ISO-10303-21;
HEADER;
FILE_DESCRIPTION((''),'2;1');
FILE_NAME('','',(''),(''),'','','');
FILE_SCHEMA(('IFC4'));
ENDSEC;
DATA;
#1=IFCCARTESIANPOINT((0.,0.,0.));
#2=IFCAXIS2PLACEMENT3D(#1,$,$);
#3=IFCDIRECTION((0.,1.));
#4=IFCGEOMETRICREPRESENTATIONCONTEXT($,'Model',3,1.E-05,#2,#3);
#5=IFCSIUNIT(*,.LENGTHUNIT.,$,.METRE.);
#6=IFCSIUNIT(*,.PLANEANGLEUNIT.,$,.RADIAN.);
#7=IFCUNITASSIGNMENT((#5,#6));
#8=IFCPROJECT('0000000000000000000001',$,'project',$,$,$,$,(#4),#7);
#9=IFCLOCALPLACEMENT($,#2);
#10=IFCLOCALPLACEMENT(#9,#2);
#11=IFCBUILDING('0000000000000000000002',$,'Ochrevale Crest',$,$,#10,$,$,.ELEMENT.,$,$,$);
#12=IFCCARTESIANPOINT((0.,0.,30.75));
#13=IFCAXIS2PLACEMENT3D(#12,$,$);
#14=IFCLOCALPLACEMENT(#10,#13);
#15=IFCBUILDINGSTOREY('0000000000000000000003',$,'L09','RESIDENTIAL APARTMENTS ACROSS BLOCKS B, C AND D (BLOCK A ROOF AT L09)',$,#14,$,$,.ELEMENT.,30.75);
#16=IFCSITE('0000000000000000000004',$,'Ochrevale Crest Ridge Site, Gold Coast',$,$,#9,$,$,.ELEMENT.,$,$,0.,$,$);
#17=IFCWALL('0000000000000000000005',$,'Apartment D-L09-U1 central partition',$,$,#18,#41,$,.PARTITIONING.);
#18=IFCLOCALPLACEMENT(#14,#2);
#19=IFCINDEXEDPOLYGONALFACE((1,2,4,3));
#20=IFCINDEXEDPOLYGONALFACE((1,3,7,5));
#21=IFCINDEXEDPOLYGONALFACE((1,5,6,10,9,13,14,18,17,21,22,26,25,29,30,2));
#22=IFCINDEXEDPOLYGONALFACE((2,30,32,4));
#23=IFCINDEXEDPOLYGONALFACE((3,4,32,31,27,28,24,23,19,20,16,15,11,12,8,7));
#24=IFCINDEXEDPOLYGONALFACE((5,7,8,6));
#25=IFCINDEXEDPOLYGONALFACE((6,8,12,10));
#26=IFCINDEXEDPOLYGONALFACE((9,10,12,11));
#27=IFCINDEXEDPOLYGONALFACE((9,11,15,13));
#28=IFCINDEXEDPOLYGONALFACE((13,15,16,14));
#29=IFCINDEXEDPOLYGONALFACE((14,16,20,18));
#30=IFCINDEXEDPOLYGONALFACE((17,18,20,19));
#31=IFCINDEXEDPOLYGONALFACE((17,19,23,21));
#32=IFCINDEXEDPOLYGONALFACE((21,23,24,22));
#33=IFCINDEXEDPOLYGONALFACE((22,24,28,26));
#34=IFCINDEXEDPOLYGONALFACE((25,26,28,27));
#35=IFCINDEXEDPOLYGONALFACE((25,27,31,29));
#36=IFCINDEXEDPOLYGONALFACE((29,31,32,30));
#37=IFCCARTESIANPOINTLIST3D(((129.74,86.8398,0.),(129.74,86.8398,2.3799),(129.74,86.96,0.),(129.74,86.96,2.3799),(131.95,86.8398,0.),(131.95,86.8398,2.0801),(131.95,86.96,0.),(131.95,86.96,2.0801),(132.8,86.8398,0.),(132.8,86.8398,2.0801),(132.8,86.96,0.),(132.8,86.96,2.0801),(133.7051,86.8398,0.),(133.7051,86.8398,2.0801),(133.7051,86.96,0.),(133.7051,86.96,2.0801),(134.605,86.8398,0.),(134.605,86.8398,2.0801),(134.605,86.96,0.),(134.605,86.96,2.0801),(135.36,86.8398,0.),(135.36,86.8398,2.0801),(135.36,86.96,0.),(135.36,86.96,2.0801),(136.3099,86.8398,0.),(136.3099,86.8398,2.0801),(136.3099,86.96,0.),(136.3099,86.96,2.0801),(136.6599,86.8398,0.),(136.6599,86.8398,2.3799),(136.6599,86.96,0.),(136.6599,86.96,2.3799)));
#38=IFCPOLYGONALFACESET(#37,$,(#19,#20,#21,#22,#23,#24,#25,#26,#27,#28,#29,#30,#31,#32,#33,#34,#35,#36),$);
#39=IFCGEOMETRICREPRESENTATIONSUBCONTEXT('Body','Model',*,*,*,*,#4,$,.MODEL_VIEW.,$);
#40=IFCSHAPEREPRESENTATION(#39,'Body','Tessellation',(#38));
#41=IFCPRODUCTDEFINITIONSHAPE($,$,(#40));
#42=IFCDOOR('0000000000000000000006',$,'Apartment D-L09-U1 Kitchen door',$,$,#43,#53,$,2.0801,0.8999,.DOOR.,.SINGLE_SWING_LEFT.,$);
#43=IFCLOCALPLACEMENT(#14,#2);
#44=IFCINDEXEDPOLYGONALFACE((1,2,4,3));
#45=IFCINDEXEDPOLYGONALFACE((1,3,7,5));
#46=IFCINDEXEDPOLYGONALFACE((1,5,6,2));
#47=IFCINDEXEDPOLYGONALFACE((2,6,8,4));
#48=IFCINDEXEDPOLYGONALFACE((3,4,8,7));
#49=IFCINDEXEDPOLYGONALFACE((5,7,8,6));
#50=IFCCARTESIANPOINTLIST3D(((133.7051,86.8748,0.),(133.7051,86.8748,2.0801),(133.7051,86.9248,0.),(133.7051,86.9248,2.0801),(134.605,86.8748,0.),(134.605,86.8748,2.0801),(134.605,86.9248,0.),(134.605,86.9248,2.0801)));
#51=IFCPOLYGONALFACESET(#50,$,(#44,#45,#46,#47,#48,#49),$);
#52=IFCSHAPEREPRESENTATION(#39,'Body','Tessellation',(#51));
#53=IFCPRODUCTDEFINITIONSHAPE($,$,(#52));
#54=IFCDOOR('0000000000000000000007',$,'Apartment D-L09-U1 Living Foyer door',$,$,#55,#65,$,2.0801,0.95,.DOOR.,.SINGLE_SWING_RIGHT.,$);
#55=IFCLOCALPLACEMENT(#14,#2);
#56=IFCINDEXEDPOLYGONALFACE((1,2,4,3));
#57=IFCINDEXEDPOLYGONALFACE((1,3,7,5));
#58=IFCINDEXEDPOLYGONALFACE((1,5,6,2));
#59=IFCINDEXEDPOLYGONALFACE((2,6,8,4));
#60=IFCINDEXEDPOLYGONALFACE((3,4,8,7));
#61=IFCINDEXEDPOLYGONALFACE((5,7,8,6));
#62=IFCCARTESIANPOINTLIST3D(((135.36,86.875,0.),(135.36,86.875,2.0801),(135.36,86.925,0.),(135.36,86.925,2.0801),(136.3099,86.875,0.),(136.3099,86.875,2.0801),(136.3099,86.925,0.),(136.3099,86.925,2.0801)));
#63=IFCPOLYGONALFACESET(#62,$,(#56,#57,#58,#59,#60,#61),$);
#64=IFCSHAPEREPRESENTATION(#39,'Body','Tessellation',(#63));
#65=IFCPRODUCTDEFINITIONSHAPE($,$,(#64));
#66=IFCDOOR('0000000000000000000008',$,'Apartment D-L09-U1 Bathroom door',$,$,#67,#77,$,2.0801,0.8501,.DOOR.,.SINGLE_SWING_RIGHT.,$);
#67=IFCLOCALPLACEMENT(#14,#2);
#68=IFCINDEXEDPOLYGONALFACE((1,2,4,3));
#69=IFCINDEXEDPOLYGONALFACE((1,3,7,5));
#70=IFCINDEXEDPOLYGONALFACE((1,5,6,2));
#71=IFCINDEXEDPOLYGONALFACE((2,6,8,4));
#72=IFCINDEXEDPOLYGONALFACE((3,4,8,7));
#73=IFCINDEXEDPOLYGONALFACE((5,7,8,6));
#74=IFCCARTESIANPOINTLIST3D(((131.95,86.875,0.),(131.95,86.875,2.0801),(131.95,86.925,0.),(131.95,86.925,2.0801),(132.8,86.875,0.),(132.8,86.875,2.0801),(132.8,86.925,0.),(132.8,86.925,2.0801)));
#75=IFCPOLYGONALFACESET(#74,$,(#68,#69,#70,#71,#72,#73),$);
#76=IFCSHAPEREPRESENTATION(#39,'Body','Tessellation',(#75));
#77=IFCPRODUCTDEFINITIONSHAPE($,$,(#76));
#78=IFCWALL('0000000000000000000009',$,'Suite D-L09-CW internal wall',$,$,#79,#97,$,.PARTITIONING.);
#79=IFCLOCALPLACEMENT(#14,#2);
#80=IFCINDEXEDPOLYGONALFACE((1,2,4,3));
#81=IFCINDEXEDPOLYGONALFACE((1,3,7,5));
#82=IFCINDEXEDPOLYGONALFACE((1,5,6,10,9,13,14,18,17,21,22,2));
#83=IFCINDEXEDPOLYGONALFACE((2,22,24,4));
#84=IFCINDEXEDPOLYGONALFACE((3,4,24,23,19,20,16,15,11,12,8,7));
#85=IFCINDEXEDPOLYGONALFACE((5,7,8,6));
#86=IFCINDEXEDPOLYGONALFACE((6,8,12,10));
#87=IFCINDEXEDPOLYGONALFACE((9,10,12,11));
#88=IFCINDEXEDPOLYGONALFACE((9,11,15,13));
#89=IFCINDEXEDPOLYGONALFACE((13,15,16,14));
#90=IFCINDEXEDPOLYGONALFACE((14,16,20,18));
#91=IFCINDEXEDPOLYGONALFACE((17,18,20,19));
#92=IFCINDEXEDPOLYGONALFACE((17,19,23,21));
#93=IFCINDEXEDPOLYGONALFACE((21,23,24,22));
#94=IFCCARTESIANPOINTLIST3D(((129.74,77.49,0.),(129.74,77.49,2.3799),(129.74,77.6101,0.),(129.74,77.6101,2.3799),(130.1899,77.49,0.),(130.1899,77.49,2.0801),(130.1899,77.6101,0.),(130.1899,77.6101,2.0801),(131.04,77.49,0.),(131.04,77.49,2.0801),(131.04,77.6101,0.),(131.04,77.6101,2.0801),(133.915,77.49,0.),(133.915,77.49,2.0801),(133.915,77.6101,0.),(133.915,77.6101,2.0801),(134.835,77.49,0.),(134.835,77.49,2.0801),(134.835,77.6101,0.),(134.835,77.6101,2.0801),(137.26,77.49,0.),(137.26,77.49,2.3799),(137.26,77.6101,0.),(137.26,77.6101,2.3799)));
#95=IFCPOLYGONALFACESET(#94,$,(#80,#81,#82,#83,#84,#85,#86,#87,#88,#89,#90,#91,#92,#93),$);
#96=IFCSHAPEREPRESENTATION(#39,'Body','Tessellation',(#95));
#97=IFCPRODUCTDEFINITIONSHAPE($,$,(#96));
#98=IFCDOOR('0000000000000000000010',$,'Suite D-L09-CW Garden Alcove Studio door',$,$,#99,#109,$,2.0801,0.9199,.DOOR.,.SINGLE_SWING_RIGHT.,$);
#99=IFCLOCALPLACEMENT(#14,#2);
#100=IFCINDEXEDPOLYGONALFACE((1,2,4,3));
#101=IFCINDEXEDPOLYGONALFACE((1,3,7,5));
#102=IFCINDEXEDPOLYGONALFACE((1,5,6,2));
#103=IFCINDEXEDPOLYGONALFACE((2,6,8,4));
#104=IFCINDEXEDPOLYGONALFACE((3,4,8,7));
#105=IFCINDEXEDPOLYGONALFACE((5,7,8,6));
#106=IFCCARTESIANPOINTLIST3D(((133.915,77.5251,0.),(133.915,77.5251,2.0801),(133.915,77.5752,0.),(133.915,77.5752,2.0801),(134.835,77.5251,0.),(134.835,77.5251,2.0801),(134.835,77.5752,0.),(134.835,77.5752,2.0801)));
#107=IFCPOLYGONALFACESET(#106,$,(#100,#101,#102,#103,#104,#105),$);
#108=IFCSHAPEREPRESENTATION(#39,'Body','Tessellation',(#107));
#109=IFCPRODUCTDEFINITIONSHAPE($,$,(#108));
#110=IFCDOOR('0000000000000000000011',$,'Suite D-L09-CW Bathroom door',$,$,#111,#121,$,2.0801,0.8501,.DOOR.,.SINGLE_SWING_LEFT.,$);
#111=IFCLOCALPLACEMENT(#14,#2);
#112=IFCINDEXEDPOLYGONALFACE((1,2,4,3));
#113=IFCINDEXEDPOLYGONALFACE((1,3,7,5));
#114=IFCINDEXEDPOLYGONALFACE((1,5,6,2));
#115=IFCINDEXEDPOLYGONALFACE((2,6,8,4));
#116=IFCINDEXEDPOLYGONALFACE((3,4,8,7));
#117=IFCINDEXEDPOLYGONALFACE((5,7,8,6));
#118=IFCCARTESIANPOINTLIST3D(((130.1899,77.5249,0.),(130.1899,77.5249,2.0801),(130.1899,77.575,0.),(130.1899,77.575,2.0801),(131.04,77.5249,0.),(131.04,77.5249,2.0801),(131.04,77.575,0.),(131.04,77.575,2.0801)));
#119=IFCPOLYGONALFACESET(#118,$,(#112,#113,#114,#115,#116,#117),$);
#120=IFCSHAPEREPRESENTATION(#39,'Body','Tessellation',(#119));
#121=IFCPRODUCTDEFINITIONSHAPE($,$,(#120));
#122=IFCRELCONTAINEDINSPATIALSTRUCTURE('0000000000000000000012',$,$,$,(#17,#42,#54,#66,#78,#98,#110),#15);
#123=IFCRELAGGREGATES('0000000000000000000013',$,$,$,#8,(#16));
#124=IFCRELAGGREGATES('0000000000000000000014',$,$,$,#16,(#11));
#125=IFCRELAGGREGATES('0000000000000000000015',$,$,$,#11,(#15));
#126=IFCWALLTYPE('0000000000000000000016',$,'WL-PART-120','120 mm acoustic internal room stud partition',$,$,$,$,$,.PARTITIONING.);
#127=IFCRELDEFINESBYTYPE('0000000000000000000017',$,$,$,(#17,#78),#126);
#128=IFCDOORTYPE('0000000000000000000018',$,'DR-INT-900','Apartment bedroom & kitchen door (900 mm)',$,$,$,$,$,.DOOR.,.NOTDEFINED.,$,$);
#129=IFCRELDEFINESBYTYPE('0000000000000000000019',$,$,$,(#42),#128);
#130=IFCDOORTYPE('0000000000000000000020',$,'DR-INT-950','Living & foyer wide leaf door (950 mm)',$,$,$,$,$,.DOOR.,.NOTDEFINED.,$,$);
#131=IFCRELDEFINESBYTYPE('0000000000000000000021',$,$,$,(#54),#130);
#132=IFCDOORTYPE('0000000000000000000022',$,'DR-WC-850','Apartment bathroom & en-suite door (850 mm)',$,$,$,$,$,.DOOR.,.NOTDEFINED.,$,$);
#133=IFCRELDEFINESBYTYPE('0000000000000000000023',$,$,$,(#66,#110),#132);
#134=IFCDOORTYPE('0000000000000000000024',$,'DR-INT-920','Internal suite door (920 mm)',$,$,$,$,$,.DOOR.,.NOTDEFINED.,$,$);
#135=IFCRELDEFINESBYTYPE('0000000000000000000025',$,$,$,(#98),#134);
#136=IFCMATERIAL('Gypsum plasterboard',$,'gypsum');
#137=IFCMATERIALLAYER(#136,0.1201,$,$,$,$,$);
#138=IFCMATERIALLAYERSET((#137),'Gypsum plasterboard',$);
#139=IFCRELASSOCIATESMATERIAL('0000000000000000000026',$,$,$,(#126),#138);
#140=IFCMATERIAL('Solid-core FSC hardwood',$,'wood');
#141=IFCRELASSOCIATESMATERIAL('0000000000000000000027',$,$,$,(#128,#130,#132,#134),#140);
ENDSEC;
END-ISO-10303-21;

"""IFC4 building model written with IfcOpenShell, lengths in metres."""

from ifc_helpers import new_model, si_unit, direction, frame, frame_2d, origin, place, context, subcontext, project, spatial, rectangle, extrude, material, layer, layer_set, type_object, element, fill, save


model = new_model("IFC4")

# Units and contexts
model_context = context("Model", 3, precision=1e-05, world=origin(), true_north=direction((0.0, 1.0)))
body_context = subcontext(model_context, "Body", "Model", "MODEL_VIEW")
ifc_project = project(units=[si_unit("LENGTHUNIT", "METRE"), si_unit("PLANEANGLEUNIT", "RADIAN")], contexts=[model_context])

# Site, building, storey
site_placement = place(None, origin())
site = spatial("IfcSite", under=ifc_project, at=site_placement, Name="Ochrevale Crest Ridge Site, Gold Coast", CompositionType="ELEMENT", RefElevation=0.0)
building_placement = place(site_placement, origin())
building = spatial("IfcBuilding", under=site, at=building_placement, Name="Ochrevale Crest", CompositionType="ELEMENT")
storey_placement = place(building_placement, frame((0.0, 0.0, 30.75)))
storey = spatial("IfcBuildingStorey", under=building, at=storey_placement, Name="L09", Description="RESIDENTIAL APARTMENTS ACROSS BLOCKS B, C AND D (BLOCK A ROOF AT L09)", CompositionType="ELEMENT", Elevation=30.75)

# Shared definitions
ifc_material_1 = material(Name="Gypsum plasterboard", Category="gypsum")
ifc_material_2 = material(Name="Solid-core FSC hardwood", Category="wood")

# Walls, openings, doors
ifc_layer_1 = layer(ifc_material_1, 0.1201)
ifc_layer_set_1 = layer_set([ifc_layer_1], Name="Gypsum plasterboard")
wall_type_1 = type_object("IfcWallType", Name="WL-PART-120", Description="120 mm acoustic internal room stud partition", PredefinedType="PARTITIONING", material=ifc_layer_set_1)
wall_1_placement = place(storey_placement, frame((129.74, 86.8999, 0.0), z_axis=(0.0, 0.0, 1.0), x_axis=(1.0, 0.0, 0.0)))
wall_1 = element("IfcWall", 1, at=wall_1_placement, inside=storey, type_object=wall_type_1, Name="Apartment D-L09-U1 central partition", PredefinedType="PARTITIONING", context=body_context, shape_type="SweptSolid", body=[
    extrude(rectangle(XDim=6.9199, YDim=0.1201, at=frame_2d((3.46, 0.0))), origin(), (0.0, 0.0, 1.0), 2.3799),
])
opening_1_placement = place(wall_1_placement, frame((3.0601, 0.0, 0.0), z_axis=(0.0, 0.0, 1.0), x_axis=(-1.0, 0.0, 0.0)))
opening_1 = element("IfcOpeningElement", 2, at=opening_1_placement, cuts=wall_1, PredefinedType="OPENING", context=body_context, shape_type="SweptSolid", body=[
    extrude(rectangle(XDim=0.8501, YDim=2.0801, at=frame_2d((0.425, 1.04))), frame((0.0, 0.0701, 0.0), z_axis=(0.0, -1.0, 0.0), x_axis=(1.0, 0.0, 0.0)), (0.0, 0.0, 1.0), 0.1401),
])
opening_2_placement = place(wall_1_placement, frame((3.9651, 0.0, 0.0)))
opening_2 = element("IfcOpeningElement", 3, at=opening_2_placement, cuts=wall_1, PredefinedType="OPENING", context=body_context, shape_type="SweptSolid", body=[
    extrude(rectangle(XDim=0.8999, YDim=2.0801, at=frame_2d((0.45, 1.04))), frame((0.0, 0.0701, 0.0), z_axis=(0.0, -1.0, 0.0), x_axis=(1.0, 0.0, 0.0)), (0.0, 0.0, 1.0), 0.1401),
])
opening_3_placement = place(wall_1_placement, frame((6.5701, 0.0, 0.0), z_axis=(0.0, 0.0, 1.0), x_axis=(-1.0, 0.0, 0.0)))
opening_3 = element("IfcOpeningElement", 4, at=opening_3_placement, cuts=wall_1, PredefinedType="OPENING", context=body_context, shape_type="SweptSolid", body=[
    extrude(rectangle(XDim=0.95, YDim=2.0801, at=frame_2d((0.4751, 1.04))), frame((0.0, 0.0701, 0.0), z_axis=(0.0, -1.0, 0.0), x_axis=(1.0, 0.0, 0.0)), (0.0, 0.0, 1.0), 0.1401),
])
door_type_1 = type_object("IfcDoorType", Name="DR-INT-900", Description="Apartment bedroom & kitchen door (900 mm)", OperationType="NOTDEFINED", PredefinedType="DOOR", material=ifc_material_2)
door_1_placement = place(opening_2_placement, origin())
door_1 = element("IfcDoor", 5, at=door_1_placement, inside=storey, type_object=door_type_1, Name="Apartment D-L09-U1 Kitchen door", OperationType="SINGLE_SWING_LEFT", OverallHeight=2.0801, OverallWidth=0.8999, PredefinedType="DOOR", context=body_context, shape_type="SweptSolid", body=[
    extrude(rectangle(XDim=0.8999, YDim=2.0801, at=frame_2d((0.45, 1.04))), frame((0.0, 0.0249, 0.0), z_axis=(0.0, -1.0, 0.0), x_axis=(1.0, 0.0, 0.0)), (0.0, 0.0, 1.0), 0.05),
])
fill(opening_2, door_1)
door_type_2 = type_object("IfcDoorType", Name="DR-INT-950", Description="Living & foyer wide leaf door (950 mm)", OperationType="NOTDEFINED", PredefinedType="DOOR", material=ifc_material_2)
door_2_placement = place(opening_3_placement, origin())
door_2 = element("IfcDoor", 6, at=door_2_placement, inside=storey, type_object=door_type_2, Name="Apartment D-L09-U1 Living Foyer door", OperationType="SINGLE_SWING_RIGHT", OverallHeight=2.0801, OverallWidth=0.95, PredefinedType="DOOR", context=body_context, shape_type="SweptSolid", body=[
    extrude(rectangle(XDim=0.95, YDim=2.0801, at=frame_2d((0.4751, 1.04))), frame((0.0, 0.0249, 0.0), z_axis=(0.0, -1.0, 0.0), x_axis=(1.0, 0.0, 0.0)), (0.0, 0.0, 1.0), 0.05),
])
fill(opening_3, door_2)
door_type_3 = type_object("IfcDoorType", Name="DR-WC-850", Description="Apartment bathroom & en-suite door (850 mm)", OperationType="NOTDEFINED", PredefinedType="DOOR", material=ifc_material_2)
door_3_placement = place(opening_1_placement, origin())
door_3 = element("IfcDoor", 7, at=door_3_placement, inside=storey, type_object=door_type_3, Name="Apartment D-L09-U1 Bathroom door", OperationType="SINGLE_SWING_RIGHT", OverallHeight=2.0801, OverallWidth=0.8501, PredefinedType="DOOR", context=body_context, shape_type="SweptSolid", body=[
    extrude(rectangle(XDim=0.8501, YDim=2.0801, at=frame_2d((0.425, 1.04))), frame((0.0, 0.0249, 0.0), z_axis=(0.0, -1.0, 0.0), x_axis=(1.0, 0.0, 0.0)), (0.0, 0.0, 1.0), 0.05),
])
fill(opening_1, door_3)
wall_2_placement = place(storey_placement, frame((129.74, 77.55, 0.0), z_axis=(0.0, 0.0, 1.0), x_axis=(1.0, 0.0, 0.0)))
wall_2 = element("IfcWall", 8, at=wall_2_placement, inside=storey, type_object=wall_type_1, Name="Suite D-L09-CW internal wall", PredefinedType="PARTITIONING", context=body_context, shape_type="SweptSolid", body=[
    extrude(rectangle(XDim=7.52, YDim=0.1201, at=frame_2d((3.76, 0.0))), origin(), (0.0, 0.0, 1.0), 2.3799),
])
opening_4_placement = place(wall_2_placement, frame((0.45, 0.0, 0.0)))
opening_4 = element("IfcOpeningElement", 9, at=opening_4_placement, cuts=wall_2, PredefinedType="OPENING", context=body_context, shape_type="SweptSolid", body=[
    extrude(rectangle(XDim=0.8501, YDim=2.0801, at=frame_2d((0.425, 1.04))), frame((0.0, 0.0701, 0.0), z_axis=(0.0, -1.0, 0.0), x_axis=(1.0, 0.0, 0.0)), (0.0, 0.0, 1.0), 0.1401),
])
opening_5_placement = place(wall_2_placement, frame((5.095, 0.0, 0.0), z_axis=(0.0, 0.0, 1.0), x_axis=(-1.0, 0.0, 0.0)))
opening_5 = element("IfcOpeningElement", 10, at=opening_5_placement, cuts=wall_2, PredefinedType="OPENING", context=body_context, shape_type="SweptSolid", body=[
    extrude(rectangle(XDim=0.9199, YDim=2.0801, at=frame_2d((0.46, 1.04))), frame((0.0, 0.0701, 0.0), z_axis=(0.0, -1.0, 0.0), x_axis=(1.0, 0.0, 0.0)), (0.0, 0.0, 1.0), 0.1401),
])
door_type_4 = type_object("IfcDoorType", Name="DR-INT-920", Description="Internal suite door (920 mm)", OperationType="NOTDEFINED", PredefinedType="DOOR", material=ifc_material_2)
door_4_placement = place(opening_5_placement, origin())
door_4 = element("IfcDoor", 11, at=door_4_placement, inside=storey, type_object=door_type_4, Name="Suite D-L09-CW Garden Alcove Studio door", OperationType="SINGLE_SWING_RIGHT", OverallHeight=2.0801, OverallWidth=0.9199, PredefinedType="DOOR", context=body_context, shape_type="SweptSolid", body=[
    extrude(rectangle(XDim=0.9199, YDim=2.0801, at=frame_2d((0.46, 1.04))), frame((0.0, 0.0249, 0.0), z_axis=(0.0, -1.0, 0.0), x_axis=(1.0, 0.0, 0.0)), (0.0, 0.0, 1.0), 0.05),
])
fill(opening_5, door_4)
door_5_placement = place(opening_4_placement, origin())
door_5 = element("IfcDoor", 12, at=door_5_placement, inside=storey, type_object=door_type_3, Name="Suite D-L09-CW Bathroom door", OperationType="SINGLE_SWING_LEFT", OverallHeight=2.0801, OverallWidth=0.8501, PredefinedType="DOOR", context=body_context, shape_type="SweptSolid", body=[
    extrude(rectangle(XDim=0.8501, YDim=2.0801, at=frame_2d((0.425, 1.04))), frame((0.0, 0.0249, 0.0), z_axis=(0.0, -1.0, 0.0), x_axis=(1.0, 0.0, 0.0)), (0.0, 0.0, 1.0), 0.05),
])
fill(opening_4, door_5)

save(model, "model.ifc")
